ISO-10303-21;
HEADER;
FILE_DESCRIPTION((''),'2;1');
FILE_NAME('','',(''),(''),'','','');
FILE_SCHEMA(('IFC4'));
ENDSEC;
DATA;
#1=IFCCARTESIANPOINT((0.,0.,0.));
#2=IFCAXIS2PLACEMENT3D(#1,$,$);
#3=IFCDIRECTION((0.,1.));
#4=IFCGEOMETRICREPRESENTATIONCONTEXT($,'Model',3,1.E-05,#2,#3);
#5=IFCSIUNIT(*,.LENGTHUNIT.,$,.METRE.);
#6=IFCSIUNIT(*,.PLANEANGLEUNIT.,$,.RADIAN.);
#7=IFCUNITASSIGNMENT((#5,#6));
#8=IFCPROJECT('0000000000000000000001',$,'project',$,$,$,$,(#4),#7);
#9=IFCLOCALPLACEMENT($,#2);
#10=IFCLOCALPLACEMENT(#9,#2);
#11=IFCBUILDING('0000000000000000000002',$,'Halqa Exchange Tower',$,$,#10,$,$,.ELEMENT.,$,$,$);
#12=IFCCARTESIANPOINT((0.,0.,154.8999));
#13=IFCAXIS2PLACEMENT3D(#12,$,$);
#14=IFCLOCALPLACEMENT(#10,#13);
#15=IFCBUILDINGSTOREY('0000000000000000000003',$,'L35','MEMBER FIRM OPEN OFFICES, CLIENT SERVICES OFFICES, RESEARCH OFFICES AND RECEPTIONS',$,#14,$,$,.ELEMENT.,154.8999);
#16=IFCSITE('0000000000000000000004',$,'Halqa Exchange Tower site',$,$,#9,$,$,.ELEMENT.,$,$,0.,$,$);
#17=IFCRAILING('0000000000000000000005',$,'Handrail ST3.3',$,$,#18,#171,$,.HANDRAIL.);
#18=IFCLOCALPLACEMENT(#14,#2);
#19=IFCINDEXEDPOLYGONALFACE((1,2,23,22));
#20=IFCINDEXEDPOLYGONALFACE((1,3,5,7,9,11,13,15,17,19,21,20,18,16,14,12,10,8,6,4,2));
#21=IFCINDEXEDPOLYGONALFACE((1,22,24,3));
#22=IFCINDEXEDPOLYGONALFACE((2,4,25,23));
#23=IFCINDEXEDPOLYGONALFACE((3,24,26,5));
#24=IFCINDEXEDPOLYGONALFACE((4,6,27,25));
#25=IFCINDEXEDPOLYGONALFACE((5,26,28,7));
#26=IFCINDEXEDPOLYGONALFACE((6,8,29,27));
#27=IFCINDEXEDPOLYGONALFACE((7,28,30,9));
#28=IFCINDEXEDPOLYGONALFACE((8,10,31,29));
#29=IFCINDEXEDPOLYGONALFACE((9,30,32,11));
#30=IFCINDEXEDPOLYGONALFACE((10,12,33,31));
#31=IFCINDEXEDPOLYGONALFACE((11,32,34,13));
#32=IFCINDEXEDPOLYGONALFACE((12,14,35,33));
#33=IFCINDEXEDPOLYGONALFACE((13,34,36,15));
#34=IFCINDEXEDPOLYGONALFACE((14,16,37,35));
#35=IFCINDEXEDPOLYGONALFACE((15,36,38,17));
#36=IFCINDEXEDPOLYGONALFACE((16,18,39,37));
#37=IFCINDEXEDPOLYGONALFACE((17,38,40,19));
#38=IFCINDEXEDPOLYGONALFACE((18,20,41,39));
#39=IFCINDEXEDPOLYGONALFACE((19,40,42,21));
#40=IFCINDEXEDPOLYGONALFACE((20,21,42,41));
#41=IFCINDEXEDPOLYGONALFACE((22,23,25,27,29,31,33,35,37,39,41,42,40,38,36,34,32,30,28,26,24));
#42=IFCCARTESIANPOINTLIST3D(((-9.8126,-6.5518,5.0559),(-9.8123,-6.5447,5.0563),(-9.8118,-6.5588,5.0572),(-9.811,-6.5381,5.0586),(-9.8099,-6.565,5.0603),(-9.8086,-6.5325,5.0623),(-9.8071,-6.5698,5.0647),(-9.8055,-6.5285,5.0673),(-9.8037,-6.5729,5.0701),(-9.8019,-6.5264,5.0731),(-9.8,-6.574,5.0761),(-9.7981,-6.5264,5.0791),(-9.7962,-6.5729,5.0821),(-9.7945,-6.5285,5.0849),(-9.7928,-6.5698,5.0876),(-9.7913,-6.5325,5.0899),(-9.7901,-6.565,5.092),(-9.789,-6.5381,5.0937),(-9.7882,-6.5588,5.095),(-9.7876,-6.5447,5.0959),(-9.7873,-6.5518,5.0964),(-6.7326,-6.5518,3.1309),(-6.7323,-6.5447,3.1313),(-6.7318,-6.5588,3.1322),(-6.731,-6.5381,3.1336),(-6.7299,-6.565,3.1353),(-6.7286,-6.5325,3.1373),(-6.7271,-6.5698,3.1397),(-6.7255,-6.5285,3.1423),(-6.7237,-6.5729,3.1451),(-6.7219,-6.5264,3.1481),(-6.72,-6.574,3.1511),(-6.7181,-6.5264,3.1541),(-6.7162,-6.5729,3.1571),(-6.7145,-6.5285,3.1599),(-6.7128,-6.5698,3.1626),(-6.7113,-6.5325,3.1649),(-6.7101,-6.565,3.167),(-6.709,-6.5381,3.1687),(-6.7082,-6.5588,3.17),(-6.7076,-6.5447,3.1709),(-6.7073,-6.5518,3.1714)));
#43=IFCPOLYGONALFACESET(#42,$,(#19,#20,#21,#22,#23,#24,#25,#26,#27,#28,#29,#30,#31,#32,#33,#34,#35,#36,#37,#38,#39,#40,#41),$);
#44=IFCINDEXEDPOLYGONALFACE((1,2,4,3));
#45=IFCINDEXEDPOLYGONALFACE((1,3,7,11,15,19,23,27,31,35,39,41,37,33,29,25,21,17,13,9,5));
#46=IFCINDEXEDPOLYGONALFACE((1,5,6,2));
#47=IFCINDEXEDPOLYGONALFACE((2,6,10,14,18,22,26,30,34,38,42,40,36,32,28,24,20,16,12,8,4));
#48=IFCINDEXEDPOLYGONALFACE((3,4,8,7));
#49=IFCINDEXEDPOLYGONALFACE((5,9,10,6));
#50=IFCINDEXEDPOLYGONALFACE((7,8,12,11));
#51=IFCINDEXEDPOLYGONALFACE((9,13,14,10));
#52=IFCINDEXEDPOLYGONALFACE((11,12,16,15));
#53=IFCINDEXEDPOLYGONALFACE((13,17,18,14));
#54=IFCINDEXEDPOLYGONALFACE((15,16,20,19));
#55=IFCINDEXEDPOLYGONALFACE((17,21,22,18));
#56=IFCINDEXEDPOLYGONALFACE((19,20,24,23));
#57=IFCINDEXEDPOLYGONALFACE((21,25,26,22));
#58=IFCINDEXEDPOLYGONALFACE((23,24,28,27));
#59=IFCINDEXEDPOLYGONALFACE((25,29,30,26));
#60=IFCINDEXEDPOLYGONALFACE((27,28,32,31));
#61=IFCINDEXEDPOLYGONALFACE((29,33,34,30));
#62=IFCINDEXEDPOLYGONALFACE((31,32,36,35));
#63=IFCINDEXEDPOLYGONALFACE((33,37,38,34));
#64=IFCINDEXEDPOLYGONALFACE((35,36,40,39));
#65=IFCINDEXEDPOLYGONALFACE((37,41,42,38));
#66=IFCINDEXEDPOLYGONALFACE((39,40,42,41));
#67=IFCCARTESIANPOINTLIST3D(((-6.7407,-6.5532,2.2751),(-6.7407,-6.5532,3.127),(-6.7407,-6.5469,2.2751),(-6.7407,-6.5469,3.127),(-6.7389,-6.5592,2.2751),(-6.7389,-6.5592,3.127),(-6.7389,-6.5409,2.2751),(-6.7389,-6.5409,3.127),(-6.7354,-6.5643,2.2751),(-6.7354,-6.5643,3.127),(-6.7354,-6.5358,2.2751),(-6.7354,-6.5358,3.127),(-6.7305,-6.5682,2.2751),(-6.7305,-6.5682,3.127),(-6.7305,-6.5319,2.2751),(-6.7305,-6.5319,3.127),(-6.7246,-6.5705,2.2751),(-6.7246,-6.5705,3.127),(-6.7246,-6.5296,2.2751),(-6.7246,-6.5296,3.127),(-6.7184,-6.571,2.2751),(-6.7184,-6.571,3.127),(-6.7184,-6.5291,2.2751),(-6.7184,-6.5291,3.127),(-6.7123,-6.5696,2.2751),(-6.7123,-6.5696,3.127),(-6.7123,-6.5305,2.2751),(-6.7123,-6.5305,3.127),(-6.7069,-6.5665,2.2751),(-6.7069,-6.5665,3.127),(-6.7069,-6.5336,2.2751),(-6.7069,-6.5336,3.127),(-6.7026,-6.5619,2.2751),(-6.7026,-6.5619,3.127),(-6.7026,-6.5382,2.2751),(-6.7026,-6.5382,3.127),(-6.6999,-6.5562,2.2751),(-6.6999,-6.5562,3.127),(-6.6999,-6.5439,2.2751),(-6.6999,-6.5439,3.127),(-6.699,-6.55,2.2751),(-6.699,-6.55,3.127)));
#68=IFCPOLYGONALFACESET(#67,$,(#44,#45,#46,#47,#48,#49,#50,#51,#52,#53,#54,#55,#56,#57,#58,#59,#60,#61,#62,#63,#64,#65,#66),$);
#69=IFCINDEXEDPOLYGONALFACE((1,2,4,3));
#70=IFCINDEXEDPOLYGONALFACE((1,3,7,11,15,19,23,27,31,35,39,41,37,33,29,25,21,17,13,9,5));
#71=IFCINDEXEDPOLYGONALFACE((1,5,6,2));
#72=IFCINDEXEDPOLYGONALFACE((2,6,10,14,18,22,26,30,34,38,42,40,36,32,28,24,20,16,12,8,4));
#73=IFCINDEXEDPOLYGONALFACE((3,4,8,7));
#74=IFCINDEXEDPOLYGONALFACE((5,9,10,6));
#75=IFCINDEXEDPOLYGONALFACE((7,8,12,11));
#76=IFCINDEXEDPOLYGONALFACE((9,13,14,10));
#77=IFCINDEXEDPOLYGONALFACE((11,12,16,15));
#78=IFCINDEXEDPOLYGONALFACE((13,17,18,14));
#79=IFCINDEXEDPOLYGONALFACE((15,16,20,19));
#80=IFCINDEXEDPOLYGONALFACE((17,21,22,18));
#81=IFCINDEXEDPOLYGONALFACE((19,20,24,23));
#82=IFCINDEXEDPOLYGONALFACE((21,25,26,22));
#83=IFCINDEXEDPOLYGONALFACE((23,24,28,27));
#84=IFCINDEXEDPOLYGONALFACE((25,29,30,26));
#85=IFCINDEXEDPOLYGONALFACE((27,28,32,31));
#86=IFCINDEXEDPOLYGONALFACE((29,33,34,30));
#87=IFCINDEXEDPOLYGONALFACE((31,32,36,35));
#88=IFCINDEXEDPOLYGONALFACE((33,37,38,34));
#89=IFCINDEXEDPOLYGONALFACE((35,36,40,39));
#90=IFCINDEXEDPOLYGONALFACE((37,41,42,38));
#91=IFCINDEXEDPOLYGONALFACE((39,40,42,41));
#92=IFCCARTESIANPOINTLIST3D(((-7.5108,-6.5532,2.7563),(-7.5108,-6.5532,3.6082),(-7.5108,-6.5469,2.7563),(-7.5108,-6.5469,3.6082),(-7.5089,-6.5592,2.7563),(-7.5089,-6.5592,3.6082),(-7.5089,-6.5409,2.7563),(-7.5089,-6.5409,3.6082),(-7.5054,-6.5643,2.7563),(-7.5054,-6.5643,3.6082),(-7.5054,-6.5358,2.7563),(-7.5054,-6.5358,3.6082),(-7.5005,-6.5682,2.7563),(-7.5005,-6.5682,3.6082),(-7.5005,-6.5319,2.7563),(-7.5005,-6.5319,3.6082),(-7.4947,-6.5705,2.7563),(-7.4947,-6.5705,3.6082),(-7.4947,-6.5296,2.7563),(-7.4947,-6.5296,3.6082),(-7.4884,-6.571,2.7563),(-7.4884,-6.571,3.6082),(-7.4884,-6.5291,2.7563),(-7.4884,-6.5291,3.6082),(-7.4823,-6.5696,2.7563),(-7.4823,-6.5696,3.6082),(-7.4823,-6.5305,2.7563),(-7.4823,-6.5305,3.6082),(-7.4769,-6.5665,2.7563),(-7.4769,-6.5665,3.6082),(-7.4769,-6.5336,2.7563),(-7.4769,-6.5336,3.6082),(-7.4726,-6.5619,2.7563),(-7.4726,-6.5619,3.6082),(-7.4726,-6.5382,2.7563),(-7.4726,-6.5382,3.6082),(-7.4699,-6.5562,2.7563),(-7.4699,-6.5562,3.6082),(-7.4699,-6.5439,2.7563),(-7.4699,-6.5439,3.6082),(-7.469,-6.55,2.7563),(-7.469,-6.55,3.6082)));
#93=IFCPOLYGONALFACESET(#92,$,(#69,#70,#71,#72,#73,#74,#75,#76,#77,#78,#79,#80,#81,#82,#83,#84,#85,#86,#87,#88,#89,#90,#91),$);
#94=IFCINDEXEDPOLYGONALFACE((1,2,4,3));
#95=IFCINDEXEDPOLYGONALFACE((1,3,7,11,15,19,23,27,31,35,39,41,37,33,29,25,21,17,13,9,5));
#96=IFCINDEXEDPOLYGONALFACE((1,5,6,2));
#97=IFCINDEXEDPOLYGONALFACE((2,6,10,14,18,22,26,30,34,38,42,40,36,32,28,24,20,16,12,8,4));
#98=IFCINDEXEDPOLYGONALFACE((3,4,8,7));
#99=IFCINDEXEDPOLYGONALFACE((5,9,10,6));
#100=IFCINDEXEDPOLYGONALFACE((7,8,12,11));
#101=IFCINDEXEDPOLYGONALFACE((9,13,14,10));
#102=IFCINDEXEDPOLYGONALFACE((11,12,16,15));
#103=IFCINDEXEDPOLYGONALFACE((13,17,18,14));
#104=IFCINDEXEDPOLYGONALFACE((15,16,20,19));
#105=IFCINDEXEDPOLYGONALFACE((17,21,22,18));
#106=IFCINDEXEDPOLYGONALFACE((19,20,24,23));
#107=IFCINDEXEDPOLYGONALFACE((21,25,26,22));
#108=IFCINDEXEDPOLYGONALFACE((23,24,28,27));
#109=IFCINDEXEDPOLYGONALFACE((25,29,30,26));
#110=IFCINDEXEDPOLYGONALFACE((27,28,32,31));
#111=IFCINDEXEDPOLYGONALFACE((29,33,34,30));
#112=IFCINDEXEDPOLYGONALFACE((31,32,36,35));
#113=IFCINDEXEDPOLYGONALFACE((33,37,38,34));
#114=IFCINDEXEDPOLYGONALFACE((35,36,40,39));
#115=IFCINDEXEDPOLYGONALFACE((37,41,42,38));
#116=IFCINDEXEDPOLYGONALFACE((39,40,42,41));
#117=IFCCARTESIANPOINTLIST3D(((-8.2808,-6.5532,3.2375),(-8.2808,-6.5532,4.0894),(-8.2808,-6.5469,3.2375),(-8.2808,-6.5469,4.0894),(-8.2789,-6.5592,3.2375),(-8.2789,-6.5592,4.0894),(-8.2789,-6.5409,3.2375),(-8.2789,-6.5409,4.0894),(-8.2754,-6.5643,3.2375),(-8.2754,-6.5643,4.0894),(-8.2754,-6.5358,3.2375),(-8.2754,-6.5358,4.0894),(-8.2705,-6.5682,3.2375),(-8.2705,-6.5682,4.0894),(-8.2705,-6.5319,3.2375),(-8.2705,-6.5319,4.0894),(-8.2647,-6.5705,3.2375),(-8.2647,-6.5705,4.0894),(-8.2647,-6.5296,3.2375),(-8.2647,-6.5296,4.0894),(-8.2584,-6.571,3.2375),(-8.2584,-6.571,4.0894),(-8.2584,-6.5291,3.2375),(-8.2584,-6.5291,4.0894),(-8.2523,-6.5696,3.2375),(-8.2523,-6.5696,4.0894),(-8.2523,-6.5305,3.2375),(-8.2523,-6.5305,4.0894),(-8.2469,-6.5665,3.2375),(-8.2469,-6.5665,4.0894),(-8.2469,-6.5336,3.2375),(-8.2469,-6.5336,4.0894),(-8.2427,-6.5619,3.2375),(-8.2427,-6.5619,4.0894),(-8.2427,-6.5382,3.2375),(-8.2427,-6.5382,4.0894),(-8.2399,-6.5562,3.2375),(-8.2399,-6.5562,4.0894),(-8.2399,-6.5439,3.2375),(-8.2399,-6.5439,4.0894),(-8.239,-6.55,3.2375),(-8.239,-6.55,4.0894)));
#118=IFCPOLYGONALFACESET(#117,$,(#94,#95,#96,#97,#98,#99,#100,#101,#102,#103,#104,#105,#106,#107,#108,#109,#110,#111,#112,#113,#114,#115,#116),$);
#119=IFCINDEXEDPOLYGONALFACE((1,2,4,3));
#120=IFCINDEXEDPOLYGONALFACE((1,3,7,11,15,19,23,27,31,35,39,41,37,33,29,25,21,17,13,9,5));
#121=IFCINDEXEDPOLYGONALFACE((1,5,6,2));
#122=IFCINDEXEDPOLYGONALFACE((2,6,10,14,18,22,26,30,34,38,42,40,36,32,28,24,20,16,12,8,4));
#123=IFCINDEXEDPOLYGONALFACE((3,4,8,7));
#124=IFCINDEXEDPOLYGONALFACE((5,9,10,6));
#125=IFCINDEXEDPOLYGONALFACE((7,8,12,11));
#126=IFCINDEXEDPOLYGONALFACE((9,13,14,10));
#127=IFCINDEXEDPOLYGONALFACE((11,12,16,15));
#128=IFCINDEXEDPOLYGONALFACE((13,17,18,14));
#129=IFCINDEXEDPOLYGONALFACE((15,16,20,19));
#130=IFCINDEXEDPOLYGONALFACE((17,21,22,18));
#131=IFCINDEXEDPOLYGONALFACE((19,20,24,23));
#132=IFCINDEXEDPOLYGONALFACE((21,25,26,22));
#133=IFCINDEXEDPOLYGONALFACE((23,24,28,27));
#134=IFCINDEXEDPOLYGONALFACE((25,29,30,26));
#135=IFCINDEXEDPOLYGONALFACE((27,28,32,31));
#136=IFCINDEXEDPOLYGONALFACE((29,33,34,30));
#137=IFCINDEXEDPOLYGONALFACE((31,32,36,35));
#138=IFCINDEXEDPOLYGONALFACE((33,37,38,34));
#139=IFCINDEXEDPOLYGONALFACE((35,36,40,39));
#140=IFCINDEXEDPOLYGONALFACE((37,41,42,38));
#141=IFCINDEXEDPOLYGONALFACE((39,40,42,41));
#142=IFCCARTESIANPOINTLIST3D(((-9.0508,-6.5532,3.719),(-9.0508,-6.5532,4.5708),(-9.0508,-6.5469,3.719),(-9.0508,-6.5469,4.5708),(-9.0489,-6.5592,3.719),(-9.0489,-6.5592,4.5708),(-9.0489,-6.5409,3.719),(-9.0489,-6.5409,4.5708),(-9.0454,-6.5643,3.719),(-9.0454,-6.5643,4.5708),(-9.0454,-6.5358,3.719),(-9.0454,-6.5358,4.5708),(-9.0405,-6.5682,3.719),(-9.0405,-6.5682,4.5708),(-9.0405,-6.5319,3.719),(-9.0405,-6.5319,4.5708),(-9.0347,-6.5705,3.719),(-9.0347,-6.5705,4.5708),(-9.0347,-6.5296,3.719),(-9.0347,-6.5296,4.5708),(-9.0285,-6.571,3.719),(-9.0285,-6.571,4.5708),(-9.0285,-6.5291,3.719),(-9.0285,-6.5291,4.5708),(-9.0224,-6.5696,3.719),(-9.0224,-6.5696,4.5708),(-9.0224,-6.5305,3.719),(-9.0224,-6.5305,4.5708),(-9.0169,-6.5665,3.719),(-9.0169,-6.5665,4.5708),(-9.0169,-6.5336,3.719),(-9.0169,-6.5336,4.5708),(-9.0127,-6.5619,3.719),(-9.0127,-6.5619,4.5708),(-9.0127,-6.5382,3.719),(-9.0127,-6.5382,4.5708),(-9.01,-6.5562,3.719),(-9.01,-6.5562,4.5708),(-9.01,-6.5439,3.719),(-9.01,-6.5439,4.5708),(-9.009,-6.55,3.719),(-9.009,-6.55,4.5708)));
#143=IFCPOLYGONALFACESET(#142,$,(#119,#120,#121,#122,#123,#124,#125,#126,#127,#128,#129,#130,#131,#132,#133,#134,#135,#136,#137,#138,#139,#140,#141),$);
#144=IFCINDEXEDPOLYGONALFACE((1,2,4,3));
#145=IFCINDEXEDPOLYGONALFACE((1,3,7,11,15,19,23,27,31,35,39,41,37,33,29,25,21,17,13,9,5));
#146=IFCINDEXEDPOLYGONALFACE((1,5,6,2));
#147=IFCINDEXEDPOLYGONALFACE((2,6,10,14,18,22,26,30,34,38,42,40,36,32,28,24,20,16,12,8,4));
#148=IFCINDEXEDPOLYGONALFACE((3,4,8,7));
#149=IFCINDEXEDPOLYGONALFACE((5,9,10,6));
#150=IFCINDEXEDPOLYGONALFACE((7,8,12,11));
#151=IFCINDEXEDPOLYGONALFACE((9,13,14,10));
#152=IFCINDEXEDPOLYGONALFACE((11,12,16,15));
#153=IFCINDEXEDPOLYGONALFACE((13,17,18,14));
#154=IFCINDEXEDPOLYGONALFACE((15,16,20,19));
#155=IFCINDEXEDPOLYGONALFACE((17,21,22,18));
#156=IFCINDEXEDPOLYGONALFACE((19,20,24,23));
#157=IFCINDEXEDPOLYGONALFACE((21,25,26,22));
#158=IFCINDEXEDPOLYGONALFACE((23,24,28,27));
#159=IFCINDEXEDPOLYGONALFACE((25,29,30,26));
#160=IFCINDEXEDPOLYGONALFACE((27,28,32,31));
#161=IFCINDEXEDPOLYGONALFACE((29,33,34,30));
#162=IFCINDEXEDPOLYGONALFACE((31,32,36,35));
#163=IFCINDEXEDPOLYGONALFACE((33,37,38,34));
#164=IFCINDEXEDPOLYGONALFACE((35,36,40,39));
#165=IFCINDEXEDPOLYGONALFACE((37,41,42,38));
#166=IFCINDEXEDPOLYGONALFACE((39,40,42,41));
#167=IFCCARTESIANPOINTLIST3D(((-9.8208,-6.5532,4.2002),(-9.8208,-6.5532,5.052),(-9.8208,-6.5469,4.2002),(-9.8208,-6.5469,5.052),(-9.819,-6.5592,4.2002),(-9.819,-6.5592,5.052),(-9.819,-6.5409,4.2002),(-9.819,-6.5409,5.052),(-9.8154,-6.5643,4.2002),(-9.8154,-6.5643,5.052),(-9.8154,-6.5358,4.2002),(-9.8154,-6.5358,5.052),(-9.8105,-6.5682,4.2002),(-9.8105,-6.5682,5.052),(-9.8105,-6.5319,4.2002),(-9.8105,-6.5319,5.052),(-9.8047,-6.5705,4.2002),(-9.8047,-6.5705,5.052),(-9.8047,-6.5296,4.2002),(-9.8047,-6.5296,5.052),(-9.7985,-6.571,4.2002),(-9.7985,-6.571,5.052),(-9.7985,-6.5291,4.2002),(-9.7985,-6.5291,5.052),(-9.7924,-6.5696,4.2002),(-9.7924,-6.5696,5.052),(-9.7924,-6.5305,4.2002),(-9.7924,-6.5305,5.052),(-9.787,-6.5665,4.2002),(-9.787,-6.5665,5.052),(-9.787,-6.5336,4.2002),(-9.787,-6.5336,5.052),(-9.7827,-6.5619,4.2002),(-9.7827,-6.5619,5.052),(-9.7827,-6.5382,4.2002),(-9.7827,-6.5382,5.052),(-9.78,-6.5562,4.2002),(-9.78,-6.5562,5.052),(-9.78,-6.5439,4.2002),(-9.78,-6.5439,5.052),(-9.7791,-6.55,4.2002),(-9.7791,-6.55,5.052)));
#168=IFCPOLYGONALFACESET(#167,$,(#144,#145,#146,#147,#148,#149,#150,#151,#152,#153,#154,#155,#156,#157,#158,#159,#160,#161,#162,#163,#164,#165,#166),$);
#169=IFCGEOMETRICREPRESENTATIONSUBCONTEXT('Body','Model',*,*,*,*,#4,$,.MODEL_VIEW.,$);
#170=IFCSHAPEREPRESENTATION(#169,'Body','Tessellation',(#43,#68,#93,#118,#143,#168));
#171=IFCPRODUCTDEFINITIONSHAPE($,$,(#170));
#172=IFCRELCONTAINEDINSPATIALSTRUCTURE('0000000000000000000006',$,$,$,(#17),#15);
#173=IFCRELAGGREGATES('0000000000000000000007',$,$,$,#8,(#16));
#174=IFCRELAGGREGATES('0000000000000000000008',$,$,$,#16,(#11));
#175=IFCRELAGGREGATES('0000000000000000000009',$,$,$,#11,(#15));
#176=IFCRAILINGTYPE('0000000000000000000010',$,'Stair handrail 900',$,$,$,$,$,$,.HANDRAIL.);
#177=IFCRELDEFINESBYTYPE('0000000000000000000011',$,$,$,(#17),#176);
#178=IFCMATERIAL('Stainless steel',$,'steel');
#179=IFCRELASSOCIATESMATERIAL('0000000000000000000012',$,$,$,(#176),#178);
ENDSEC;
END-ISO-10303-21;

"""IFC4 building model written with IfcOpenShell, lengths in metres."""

from ifc_helpers import new_model, si_unit, direction, frame, origin, origin_2d, place, context, subcontext, project, spatial, circle, extrude, material, type_object, element, save


model = new_model("IFC4")

# Units and contexts
model_context = context("Model", 3, precision=1e-05, world=origin(), true_north=direction((0.0, 1.0)))
body_context = subcontext(model_context, "Body", "Model", "MODEL_VIEW")
ifc_project = project(units=[si_unit("LENGTHUNIT", "METRE"), si_unit("PLANEANGLEUNIT", "RADIAN")], contexts=[model_context])

# Site, building, storey
site_placement = place(None, origin())
site = spatial("IfcSite", under=ifc_project, at=site_placement, Name="Halqa Exchange Tower site", CompositionType="ELEMENT", RefElevation=0.0)
building_placement = place(site_placement, origin())
building = spatial("IfcBuilding", under=site, at=building_placement, Name="Halqa Exchange Tower", CompositionType="ELEMENT")
storey_placement = place(building_placement, frame((0.0, 0.0, 154.8999)))
storey = spatial("IfcBuildingStorey", under=building, at=storey_placement, Name="L35", Description="MEMBER FIRM OPEN OFFICES, CLIENT SERVICES OFFICES, RESEARCH OFFICES AND RECEPTIONS", CompositionType="ELEMENT", Elevation=154.8999)

# Shared definitions
ifc_material_1 = material(Name="Stainless steel", Category="steel")

# Railing
railing_type_1 = type_object("IfcRailingType", Name="Stair handrail 900", PredefinedType="HANDRAIL", material=ifc_material_1)
railing_1_placement = place(storey_placement, frame((-6.72, -6.55, 2.2751)))
element("IfcRailing", 1, at=railing_1_placement, inside=storey, type_object=railing_type_1, Name="Handrail ST3.3", PredefinedType="HANDRAIL", context=body_context, shape_type="SweptSolid", body=[
    extrude(circle(Radius=0.0239, at=origin_2d()), frame((0.0, 0.0, 0.876), z_axis=(-0.847998, 0.0, 0.529999), x_axis=(0.0, -1.0, 0.0)), (0.0, 0.0, 1.0), 3.6321),
    extrude(circle(Radius=0.021, at=origin_2d()), origin(), (0.0, 0.0, 1.0), 0.8518),
    extrude(circle(Radius=0.021, at=origin_2d()), frame((-0.77, 0.0, 0.4812)), (0.0, 0.0, 1.0), 0.8518),
    extrude(circle(Radius=0.021, at=origin_2d()), frame((-1.54, 0.0, 0.9624)), (0.0, 0.0, 1.0), 0.8518),
    extrude(circle(Radius=0.021, at=origin_2d()), frame((-2.3101, 0.0, 1.4438)), (0.0, 0.0, 1.0), 0.8518),
    extrude(circle(Radius=0.021, at=origin_2d()), frame((-3.0801, 0.0, 1.925)), (0.0, 0.0, 1.0), 0.8518),
])

save(model, "model.ifc")
